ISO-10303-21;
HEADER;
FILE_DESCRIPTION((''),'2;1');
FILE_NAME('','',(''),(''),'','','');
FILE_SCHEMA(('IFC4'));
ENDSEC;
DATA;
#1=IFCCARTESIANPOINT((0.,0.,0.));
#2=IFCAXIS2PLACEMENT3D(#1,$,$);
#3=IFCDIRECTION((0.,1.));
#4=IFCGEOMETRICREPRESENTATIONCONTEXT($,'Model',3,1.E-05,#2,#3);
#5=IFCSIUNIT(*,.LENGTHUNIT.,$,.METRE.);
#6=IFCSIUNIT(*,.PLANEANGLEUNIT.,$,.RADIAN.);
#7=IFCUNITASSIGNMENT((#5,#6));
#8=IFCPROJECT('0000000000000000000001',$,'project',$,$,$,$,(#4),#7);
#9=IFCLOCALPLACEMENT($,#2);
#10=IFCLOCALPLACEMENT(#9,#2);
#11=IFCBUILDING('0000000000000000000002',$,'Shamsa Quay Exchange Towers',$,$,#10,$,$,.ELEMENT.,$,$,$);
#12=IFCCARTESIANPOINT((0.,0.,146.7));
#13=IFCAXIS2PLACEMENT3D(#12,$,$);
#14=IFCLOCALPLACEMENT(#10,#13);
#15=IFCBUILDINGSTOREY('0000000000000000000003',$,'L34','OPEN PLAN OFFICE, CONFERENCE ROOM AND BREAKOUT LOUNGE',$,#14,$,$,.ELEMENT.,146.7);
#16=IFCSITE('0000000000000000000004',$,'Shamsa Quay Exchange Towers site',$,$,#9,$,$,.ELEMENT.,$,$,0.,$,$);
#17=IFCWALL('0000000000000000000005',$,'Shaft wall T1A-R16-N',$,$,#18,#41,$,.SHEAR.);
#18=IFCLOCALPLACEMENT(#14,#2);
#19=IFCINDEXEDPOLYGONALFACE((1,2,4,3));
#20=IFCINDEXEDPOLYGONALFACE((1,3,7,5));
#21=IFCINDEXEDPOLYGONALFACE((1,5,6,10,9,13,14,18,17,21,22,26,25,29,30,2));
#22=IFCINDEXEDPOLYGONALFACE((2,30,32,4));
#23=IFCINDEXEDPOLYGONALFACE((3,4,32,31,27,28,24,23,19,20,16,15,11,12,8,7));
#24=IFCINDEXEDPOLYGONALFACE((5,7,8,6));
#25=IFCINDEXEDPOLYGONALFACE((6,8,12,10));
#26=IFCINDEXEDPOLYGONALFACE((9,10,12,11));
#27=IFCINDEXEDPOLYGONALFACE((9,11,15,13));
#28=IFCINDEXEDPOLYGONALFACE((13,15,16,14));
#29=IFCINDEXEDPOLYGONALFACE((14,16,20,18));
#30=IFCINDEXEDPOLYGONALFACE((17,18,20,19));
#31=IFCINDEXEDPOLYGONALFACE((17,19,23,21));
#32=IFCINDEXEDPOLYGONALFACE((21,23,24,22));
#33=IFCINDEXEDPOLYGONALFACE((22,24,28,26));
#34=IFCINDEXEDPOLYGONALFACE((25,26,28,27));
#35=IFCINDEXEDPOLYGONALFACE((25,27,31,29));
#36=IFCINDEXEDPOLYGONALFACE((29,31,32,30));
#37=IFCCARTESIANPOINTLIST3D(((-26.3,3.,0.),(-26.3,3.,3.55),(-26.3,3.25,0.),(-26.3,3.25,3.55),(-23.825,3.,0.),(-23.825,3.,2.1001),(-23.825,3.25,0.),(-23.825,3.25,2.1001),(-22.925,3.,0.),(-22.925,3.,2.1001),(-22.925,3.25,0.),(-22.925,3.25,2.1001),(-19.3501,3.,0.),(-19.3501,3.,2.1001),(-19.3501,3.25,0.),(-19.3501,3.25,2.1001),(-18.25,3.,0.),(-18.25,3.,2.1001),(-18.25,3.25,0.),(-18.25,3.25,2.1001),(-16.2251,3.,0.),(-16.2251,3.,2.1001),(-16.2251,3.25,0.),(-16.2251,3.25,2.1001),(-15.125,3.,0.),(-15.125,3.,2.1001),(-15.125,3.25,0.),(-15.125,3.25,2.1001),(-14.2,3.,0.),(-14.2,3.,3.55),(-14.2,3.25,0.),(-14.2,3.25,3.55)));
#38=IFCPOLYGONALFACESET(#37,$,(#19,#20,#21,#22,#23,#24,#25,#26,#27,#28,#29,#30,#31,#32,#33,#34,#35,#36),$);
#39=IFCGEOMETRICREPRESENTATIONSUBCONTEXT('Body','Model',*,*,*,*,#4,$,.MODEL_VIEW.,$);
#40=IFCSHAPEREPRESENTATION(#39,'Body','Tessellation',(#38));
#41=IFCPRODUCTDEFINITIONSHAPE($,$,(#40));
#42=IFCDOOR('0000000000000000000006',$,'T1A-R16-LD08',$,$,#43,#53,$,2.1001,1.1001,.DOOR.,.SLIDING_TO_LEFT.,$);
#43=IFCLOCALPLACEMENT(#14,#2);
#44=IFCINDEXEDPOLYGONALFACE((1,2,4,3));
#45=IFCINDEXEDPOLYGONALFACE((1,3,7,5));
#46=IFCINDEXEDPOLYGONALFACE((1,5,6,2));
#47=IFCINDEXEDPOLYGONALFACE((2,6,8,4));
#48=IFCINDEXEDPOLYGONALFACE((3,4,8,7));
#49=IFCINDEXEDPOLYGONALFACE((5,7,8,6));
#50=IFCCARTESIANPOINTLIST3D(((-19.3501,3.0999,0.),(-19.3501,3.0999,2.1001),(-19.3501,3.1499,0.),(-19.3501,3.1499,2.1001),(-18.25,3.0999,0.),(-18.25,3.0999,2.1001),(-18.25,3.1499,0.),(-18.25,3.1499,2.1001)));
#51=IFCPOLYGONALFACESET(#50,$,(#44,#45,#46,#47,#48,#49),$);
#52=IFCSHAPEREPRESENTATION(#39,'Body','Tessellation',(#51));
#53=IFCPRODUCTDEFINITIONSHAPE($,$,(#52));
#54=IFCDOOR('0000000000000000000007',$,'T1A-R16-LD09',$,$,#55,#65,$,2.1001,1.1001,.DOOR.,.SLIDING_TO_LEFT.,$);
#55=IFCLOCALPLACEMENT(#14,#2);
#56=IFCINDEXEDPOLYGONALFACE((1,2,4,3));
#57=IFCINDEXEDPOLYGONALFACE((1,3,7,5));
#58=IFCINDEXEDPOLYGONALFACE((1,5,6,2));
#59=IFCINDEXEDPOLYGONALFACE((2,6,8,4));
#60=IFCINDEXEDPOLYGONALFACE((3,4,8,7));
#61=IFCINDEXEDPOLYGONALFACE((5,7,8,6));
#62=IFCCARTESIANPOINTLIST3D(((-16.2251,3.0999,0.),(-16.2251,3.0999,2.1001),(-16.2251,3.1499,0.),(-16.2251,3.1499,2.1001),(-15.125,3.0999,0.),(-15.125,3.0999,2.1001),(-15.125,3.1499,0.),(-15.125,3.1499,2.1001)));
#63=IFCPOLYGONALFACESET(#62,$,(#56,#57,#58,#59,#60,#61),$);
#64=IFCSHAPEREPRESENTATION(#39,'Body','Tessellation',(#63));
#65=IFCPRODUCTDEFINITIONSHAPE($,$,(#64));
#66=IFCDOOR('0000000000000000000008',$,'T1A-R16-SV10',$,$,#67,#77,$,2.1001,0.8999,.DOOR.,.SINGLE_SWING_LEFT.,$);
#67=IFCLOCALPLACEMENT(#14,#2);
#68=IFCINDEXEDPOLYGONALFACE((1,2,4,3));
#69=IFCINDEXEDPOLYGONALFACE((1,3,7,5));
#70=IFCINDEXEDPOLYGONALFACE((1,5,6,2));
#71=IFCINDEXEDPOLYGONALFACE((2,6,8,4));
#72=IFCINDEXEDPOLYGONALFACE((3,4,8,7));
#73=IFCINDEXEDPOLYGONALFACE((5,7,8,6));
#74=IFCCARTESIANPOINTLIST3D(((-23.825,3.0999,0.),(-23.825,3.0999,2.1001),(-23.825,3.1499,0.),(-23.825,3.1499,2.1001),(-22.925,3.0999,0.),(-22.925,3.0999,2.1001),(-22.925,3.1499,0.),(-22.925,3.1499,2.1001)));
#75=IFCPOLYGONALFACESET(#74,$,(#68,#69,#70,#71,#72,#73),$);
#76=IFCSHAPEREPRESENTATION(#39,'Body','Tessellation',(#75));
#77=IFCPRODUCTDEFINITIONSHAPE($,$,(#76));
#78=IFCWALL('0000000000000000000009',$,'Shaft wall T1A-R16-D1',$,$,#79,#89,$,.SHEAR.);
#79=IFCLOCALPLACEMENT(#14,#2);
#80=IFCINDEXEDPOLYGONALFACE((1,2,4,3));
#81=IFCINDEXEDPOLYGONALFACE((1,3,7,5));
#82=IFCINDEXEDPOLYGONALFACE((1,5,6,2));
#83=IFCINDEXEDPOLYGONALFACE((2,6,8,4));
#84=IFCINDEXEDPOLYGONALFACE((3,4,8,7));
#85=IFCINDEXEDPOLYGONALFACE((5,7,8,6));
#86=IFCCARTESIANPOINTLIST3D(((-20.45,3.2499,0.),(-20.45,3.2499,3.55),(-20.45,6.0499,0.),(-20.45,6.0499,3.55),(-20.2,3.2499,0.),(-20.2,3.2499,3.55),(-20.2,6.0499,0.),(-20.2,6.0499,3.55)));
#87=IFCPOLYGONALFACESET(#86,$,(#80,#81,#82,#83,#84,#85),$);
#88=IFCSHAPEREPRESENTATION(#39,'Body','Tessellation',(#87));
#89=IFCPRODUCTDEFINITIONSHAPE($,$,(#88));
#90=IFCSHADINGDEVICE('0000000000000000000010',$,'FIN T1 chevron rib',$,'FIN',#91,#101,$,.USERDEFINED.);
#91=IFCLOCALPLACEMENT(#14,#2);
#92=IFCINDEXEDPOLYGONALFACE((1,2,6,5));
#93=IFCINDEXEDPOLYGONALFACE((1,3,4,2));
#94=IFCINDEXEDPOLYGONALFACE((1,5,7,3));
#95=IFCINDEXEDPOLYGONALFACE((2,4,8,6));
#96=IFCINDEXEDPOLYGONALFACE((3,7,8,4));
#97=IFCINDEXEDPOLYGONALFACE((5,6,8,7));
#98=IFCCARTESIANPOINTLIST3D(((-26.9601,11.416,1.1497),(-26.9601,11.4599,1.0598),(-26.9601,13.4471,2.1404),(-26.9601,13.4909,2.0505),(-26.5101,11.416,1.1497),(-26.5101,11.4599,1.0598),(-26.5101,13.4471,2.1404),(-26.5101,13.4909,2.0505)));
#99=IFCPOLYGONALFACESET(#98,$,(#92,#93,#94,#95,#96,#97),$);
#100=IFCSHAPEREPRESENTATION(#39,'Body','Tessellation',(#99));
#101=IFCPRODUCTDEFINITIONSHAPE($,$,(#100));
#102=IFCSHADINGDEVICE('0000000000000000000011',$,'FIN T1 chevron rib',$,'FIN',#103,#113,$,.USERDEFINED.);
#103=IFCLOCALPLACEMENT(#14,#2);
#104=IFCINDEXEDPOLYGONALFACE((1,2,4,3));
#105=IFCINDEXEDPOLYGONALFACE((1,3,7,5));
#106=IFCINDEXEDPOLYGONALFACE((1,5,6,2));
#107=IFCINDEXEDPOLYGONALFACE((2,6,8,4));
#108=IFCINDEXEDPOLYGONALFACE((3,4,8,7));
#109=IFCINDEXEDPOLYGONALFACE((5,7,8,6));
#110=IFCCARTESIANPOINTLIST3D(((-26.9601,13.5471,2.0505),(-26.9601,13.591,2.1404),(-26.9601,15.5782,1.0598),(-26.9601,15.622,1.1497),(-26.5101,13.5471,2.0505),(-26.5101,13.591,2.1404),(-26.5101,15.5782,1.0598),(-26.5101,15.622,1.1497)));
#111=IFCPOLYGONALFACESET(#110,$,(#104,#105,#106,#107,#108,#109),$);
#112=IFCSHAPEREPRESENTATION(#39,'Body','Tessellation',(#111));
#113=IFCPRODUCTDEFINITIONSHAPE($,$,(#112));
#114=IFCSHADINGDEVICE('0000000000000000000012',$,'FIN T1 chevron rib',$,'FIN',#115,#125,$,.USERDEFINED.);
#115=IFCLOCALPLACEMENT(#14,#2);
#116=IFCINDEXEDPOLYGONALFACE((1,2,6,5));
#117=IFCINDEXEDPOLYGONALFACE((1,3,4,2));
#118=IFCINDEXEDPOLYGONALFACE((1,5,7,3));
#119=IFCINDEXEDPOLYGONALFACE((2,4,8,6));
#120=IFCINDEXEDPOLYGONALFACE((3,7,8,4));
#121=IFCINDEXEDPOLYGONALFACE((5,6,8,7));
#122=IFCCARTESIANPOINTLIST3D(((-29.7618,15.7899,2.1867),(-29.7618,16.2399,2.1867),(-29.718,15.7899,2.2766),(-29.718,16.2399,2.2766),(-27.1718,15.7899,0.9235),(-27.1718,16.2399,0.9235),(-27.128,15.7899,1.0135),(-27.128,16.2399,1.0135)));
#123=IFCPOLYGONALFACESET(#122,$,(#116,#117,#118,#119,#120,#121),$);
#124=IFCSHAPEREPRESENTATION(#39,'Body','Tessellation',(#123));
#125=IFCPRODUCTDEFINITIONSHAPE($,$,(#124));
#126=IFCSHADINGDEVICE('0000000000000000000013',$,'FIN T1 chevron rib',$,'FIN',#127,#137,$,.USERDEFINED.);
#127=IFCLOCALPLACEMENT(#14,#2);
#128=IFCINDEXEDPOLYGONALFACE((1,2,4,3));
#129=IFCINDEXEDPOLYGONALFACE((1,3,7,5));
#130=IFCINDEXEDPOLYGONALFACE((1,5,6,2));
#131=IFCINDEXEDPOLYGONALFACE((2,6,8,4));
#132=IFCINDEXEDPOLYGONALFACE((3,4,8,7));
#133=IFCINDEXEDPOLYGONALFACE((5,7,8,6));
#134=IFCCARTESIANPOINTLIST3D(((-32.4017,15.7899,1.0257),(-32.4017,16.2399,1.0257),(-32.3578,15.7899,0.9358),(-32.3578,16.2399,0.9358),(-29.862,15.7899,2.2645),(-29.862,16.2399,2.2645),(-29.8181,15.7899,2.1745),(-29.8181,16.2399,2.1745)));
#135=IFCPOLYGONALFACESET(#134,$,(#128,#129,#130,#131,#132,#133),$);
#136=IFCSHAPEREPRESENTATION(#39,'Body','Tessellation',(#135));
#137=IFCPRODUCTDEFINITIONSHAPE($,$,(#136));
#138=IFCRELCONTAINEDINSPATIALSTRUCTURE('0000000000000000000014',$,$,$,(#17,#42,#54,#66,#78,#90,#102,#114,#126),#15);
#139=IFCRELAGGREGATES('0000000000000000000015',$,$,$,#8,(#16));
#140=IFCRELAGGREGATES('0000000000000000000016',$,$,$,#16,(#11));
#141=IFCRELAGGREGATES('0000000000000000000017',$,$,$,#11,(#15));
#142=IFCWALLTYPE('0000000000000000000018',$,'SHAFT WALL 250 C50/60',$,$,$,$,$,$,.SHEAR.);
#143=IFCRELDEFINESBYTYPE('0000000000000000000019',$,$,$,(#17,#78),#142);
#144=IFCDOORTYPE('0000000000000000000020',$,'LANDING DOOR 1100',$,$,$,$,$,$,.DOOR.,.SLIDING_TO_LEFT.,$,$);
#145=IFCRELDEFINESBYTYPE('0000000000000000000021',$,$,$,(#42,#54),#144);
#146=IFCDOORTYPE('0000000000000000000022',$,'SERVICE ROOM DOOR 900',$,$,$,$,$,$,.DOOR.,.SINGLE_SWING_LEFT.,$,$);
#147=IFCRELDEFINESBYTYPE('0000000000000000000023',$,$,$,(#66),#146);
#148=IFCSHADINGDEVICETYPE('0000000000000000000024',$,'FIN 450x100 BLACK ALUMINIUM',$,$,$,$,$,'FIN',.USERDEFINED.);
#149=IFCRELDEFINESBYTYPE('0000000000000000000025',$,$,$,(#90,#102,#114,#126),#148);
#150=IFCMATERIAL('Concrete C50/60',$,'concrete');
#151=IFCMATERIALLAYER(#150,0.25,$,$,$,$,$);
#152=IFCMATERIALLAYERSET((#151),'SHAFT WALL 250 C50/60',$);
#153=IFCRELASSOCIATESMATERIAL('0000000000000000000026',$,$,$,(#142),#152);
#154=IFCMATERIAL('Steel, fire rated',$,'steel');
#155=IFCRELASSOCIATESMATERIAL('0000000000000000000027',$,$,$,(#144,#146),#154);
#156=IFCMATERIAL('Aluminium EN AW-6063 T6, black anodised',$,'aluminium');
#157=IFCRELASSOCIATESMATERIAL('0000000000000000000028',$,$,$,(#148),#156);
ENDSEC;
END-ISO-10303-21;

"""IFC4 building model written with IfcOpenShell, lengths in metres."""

from ifc_helpers import new_model, si_unit, direction, frame, frame_2d, origin, origin_2d, place, context, subcontext, project, spatial, rectangle, extrude, material, layer, layer_set, material_profile, profile_set, type_object, element, fill, save


model = new_model("IFC4")

# Units and contexts
model_context = context("Model", 3, precision=1e-05, world=origin(), true_north=direction((0.0, 1.0)))
body_context = subcontext(model_context, "Body", "Model", "MODEL_VIEW")
ifc_project = project(units=[si_unit("LENGTHUNIT", "METRE"), si_unit("PLANEANGLEUNIT", "RADIAN")], contexts=[model_context])

# Site, building, storey
site_placement = place(None, origin())
site = spatial("IfcSite", under=ifc_project, at=site_placement, Name="Shamsa Quay Exchange Towers site", CompositionType="ELEMENT", RefElevation=0.0)
building_placement = place(site_placement, origin())
building = spatial("IfcBuilding", under=site, at=building_placement, Name="Shamsa Quay Exchange Towers", CompositionType="ELEMENT")
storey_placement = place(building_placement, frame((0.0, 0.0, 146.7)))
storey = spatial("IfcBuildingStorey", under=building, at=storey_placement, Name="L34", Description="OPEN PLAN OFFICE, CONFERENCE ROOM AND BREAKOUT LOUNGE", CompositionType="ELEMENT", Elevation=146.7)

# Shared definitions
ifc_material_1 = material(Name="Aluminium EN AW-6063 T6, black anodised", Category="aluminium")

# Shared definitions
ifc_material_2 = material(Name="Steel, fire rated", Category="steel")

# Wall, openings, doors
ifc_material_3 = material(Name="Concrete C50/60", Category="concrete")
ifc_layer_1 = layer(ifc_material_3, 0.25)
ifc_layer_set_1 = layer_set([ifc_layer_1], Name="SHAFT WALL 250 C50/60")
wall_type_1 = type_object("IfcWallType", Name="SHAFT WALL 250 C50/60", PredefinedType="SHEAR", material=ifc_layer_set_1)
wall_1_placement = place(storey_placement, frame((-26.3, 3.125, 0.0)))
wall_1 = element("IfcWall", 1, at=wall_1_placement, inside=storey, type_object=wall_type_1, Name="Shaft wall T1A-R16-N", PredefinedType="SHEAR", context=body_context, shape_type="SweptSolid", body=[
    extrude(rectangle(XDim=12.1001, YDim=0.25, at=frame_2d((6.05, 0.0))), origin(), (0.0, 0.0, 1.0), 3.55),
])
opening_1_placement = place(wall_1_placement, frame((6.95, 0.0, 0.0)))
opening_1 = element("IfcOpeningElement", 2, at=opening_1_placement, cuts=wall_1, PredefinedType="OPENING", context=body_context, shape_type="SweptSolid", body=[
    extrude(rectangle(XDim=1.1001, YDim=2.1001, at=frame_2d((0.55, 1.05))), frame((0.0, 0.135, 0.0), z_axis=(0.0, -1.0, 0.0), x_axis=(1.0, 0.0, 0.0)), (0.0, 0.0, 1.0), 0.27),
])
opening_2_placement = place(wall_1_placement, frame((10.075, 0.0, 0.0)))
opening_2 = element("IfcOpeningElement", 3, at=opening_2_placement, cuts=wall_1, PredefinedType="OPENING", context=body_context, shape_type="SweptSolid", body=[
    extrude(rectangle(XDim=1.1001, YDim=2.1001, at=frame_2d((0.55, 1.05))), frame((0.0, 0.135, 0.0), z_axis=(0.0, -1.0, 0.0), x_axis=(1.0, 0.0, 0.0)), (0.0, 0.0, 1.0), 0.27),
])
opening_3_placement = place(wall_1_placement, frame((2.4751, 0.0, 0.0)))
opening_3 = element("IfcOpeningElement", 4, at=opening_3_placement, cuts=wall_1, PredefinedType="OPENING", context=body_context, shape_type="SweptSolid", body=[
    extrude(rectangle(XDim=0.8999, YDim=2.1001, at=frame_2d((0.45, 1.05))), frame((0.0, 0.135, 0.0), z_axis=(0.0, -1.0, 0.0), x_axis=(1.0, 0.0, 0.0)), (0.0, 0.0, 1.0), 0.27),
])
door_type_1 = type_object("IfcDoorType", Name="LANDING DOOR 1100", OperationType="SLIDING_TO_LEFT", PredefinedType="DOOR", material=ifc_material_2)
door_1_placement = place(opening_1_placement, origin())
door_1 = element("IfcDoor", 5, at=door_1_placement, inside=storey, type_object=door_type_1, Name="T1A-R16-LD08", OperationType="SLIDING_TO_LEFT", OverallHeight=2.1001, OverallWidth=1.1001, PredefinedType="DOOR", context=body_context, shape_type="SweptSolid", body=[
    extrude(rectangle(XDim=1.1001, YDim=2.1001, at=frame_2d((0.55, 1.05))), frame((0.0, 0.0249, 0.0), z_axis=(0.0, -1.0, 0.0), x_axis=(1.0, 0.0, 0.0)), (0.0, 0.0, 1.0), 0.05),
])
fill(opening_1, door_1)
door_2_placement = place(opening_2_placement, origin())
door_2 = element("IfcDoor", 6, at=door_2_placement, inside=storey, type_object=door_type_1, Name="T1A-R16-LD09", OperationType="SLIDING_TO_LEFT", OverallHeight=2.1001, OverallWidth=1.1001, PredefinedType="DOOR", context=body_context, shape_type="SweptSolid", body=[
    extrude(rectangle(XDim=1.1001, YDim=2.1001, at=frame_2d((0.55, 1.05))), frame((0.0, 0.0249, 0.0), z_axis=(0.0, -1.0, 0.0), x_axis=(1.0, 0.0, 0.0)), (0.0, 0.0, 1.0), 0.05),
])
fill(opening_2, door_2)
door_type_2 = type_object("IfcDoorType", Name="SERVICE ROOM DOOR 900", OperationType="SINGLE_SWING_LEFT", PredefinedType="DOOR", material=ifc_material_2)
door_3_placement = place(opening_3_placement, origin())
door_3 = element("IfcDoor", 7, at=door_3_placement, inside=storey, type_object=door_type_2, Name="T1A-R16-SV10", OperationType="SINGLE_SWING_LEFT", OverallHeight=2.1001, OverallWidth=0.8999, PredefinedType="DOOR", context=body_context, shape_type="SweptSolid", body=[
    extrude(rectangle(XDim=0.8999, YDim=2.1001, at=frame_2d((0.45, 1.05))), frame((0.0, 0.0249, 0.0), z_axis=(0.0, -1.0, 0.0), x_axis=(1.0, 0.0, 0.0)), (0.0, 0.0, 1.0), 0.05),
])
fill(opening_3, door_3)

# Wall
wall_2_placement = place(storey_placement, frame((-20.325, 3.25, 0.0), z_axis=(0.0, 0.0, 1.0), x_axis=(0.0, 1.0, 0.0)))
element("IfcWall", 8, at=wall_2_placement, inside=storey, type_object=wall_type_1, Name="Shaft wall T1A-R16-D1", PredefinedType="SHEAR", context=body_context, shape_type="SweptSolid", body=[
    extrude(rectangle(XDim=2.8, YDim=0.25, at=frame_2d((1.3999, 0.0))), origin(), (0.0, 0.0, 1.0), 3.55),
])

# Shading devices
ifc_material_profile_1 = material_profile(ifc_material_1, rectangle(XDim=0.45, YDim=0.1001, at=origin_2d()), Name="FIN450x100")
ifc_profile_set_1 = profile_set([ifc_material_profile_1], Name="Aluminium EN AW-6063 T6, black anodised")
shading_device_type = type_object("IfcShadingDeviceType", Name="FIN 450x100 BLACK ALUMINIUM", ElementType="FIN", PredefinedType="USERDEFINED", material=ifc_profile_set_1)
for number, where, z_axis, x_axis, name in (
    (9, (-26.7351, 11.438, 1.1047), (0.0, 0.898771, 0.438419), (-1.0, 0.0, 0.0), "FIN T1 chevron rib"),
    (10, (-26.7351, 13.5691, 2.0955), (0.0, 0.898771, -0.438419), (-1.0, 0.0, 0.0), "FIN T1 chevron rib"),
):
    element("IfcShadingDevice", number, at=place(storey_placement, frame(where, z_axis=z_axis, x_axis=x_axis)), inside=storey, type_object=shading_device_type, Name=name, ObjectType="FIN", PredefinedType="USERDEFINED", context=body_context, shape_type="SweptSolid", body=[
        extrude(rectangle(XDim=0.45, YDim=0.1001, at=origin_2d()), origin(), (0.0, 0.0, 1.0), 2.2598),
    ])
shading_device_1_placement = place(storey_placement, frame((-27.1499, 16.0149, 0.9685), z_axis=(-0.898806, 0.0, 0.438347), x_axis=(0.0, -1.0, 0.0)))
element("IfcShadingDevice", 11, at=shading_device_1_placement, inside=storey, type_object=shading_device_type, Name="FIN T1 chevron rib", ObjectType="FIN", PredefinedType="USERDEFINED", context=body_context, shape_type="SweptSolid", body=[
    extrude(rectangle(XDim=0.45, YDim=0.1001, at=origin_2d()), origin(), (0.0, 0.0, 1.0), 2.8816),
])
shading_device_2_placement = place(storey_placement, frame((-29.8401, 16.0149, 2.2195), z_axis=(-0.89879, 0.0, -0.438379), x_axis=(0.0, -1.0, 0.0)))
element("IfcShadingDevice", 12, at=shading_device_2_placement, inside=storey, type_object=shading_device_type, Name="FIN T1 chevron rib", ObjectType="FIN", PredefinedType="USERDEFINED", context=body_context, shape_type="SweptSolid", body=[
    extrude(rectangle(XDim=0.45, YDim=0.1001, at=origin_2d()), origin(), (0.0, 0.0, 1.0), 2.8257),
])

save(model, "model.ifc")
